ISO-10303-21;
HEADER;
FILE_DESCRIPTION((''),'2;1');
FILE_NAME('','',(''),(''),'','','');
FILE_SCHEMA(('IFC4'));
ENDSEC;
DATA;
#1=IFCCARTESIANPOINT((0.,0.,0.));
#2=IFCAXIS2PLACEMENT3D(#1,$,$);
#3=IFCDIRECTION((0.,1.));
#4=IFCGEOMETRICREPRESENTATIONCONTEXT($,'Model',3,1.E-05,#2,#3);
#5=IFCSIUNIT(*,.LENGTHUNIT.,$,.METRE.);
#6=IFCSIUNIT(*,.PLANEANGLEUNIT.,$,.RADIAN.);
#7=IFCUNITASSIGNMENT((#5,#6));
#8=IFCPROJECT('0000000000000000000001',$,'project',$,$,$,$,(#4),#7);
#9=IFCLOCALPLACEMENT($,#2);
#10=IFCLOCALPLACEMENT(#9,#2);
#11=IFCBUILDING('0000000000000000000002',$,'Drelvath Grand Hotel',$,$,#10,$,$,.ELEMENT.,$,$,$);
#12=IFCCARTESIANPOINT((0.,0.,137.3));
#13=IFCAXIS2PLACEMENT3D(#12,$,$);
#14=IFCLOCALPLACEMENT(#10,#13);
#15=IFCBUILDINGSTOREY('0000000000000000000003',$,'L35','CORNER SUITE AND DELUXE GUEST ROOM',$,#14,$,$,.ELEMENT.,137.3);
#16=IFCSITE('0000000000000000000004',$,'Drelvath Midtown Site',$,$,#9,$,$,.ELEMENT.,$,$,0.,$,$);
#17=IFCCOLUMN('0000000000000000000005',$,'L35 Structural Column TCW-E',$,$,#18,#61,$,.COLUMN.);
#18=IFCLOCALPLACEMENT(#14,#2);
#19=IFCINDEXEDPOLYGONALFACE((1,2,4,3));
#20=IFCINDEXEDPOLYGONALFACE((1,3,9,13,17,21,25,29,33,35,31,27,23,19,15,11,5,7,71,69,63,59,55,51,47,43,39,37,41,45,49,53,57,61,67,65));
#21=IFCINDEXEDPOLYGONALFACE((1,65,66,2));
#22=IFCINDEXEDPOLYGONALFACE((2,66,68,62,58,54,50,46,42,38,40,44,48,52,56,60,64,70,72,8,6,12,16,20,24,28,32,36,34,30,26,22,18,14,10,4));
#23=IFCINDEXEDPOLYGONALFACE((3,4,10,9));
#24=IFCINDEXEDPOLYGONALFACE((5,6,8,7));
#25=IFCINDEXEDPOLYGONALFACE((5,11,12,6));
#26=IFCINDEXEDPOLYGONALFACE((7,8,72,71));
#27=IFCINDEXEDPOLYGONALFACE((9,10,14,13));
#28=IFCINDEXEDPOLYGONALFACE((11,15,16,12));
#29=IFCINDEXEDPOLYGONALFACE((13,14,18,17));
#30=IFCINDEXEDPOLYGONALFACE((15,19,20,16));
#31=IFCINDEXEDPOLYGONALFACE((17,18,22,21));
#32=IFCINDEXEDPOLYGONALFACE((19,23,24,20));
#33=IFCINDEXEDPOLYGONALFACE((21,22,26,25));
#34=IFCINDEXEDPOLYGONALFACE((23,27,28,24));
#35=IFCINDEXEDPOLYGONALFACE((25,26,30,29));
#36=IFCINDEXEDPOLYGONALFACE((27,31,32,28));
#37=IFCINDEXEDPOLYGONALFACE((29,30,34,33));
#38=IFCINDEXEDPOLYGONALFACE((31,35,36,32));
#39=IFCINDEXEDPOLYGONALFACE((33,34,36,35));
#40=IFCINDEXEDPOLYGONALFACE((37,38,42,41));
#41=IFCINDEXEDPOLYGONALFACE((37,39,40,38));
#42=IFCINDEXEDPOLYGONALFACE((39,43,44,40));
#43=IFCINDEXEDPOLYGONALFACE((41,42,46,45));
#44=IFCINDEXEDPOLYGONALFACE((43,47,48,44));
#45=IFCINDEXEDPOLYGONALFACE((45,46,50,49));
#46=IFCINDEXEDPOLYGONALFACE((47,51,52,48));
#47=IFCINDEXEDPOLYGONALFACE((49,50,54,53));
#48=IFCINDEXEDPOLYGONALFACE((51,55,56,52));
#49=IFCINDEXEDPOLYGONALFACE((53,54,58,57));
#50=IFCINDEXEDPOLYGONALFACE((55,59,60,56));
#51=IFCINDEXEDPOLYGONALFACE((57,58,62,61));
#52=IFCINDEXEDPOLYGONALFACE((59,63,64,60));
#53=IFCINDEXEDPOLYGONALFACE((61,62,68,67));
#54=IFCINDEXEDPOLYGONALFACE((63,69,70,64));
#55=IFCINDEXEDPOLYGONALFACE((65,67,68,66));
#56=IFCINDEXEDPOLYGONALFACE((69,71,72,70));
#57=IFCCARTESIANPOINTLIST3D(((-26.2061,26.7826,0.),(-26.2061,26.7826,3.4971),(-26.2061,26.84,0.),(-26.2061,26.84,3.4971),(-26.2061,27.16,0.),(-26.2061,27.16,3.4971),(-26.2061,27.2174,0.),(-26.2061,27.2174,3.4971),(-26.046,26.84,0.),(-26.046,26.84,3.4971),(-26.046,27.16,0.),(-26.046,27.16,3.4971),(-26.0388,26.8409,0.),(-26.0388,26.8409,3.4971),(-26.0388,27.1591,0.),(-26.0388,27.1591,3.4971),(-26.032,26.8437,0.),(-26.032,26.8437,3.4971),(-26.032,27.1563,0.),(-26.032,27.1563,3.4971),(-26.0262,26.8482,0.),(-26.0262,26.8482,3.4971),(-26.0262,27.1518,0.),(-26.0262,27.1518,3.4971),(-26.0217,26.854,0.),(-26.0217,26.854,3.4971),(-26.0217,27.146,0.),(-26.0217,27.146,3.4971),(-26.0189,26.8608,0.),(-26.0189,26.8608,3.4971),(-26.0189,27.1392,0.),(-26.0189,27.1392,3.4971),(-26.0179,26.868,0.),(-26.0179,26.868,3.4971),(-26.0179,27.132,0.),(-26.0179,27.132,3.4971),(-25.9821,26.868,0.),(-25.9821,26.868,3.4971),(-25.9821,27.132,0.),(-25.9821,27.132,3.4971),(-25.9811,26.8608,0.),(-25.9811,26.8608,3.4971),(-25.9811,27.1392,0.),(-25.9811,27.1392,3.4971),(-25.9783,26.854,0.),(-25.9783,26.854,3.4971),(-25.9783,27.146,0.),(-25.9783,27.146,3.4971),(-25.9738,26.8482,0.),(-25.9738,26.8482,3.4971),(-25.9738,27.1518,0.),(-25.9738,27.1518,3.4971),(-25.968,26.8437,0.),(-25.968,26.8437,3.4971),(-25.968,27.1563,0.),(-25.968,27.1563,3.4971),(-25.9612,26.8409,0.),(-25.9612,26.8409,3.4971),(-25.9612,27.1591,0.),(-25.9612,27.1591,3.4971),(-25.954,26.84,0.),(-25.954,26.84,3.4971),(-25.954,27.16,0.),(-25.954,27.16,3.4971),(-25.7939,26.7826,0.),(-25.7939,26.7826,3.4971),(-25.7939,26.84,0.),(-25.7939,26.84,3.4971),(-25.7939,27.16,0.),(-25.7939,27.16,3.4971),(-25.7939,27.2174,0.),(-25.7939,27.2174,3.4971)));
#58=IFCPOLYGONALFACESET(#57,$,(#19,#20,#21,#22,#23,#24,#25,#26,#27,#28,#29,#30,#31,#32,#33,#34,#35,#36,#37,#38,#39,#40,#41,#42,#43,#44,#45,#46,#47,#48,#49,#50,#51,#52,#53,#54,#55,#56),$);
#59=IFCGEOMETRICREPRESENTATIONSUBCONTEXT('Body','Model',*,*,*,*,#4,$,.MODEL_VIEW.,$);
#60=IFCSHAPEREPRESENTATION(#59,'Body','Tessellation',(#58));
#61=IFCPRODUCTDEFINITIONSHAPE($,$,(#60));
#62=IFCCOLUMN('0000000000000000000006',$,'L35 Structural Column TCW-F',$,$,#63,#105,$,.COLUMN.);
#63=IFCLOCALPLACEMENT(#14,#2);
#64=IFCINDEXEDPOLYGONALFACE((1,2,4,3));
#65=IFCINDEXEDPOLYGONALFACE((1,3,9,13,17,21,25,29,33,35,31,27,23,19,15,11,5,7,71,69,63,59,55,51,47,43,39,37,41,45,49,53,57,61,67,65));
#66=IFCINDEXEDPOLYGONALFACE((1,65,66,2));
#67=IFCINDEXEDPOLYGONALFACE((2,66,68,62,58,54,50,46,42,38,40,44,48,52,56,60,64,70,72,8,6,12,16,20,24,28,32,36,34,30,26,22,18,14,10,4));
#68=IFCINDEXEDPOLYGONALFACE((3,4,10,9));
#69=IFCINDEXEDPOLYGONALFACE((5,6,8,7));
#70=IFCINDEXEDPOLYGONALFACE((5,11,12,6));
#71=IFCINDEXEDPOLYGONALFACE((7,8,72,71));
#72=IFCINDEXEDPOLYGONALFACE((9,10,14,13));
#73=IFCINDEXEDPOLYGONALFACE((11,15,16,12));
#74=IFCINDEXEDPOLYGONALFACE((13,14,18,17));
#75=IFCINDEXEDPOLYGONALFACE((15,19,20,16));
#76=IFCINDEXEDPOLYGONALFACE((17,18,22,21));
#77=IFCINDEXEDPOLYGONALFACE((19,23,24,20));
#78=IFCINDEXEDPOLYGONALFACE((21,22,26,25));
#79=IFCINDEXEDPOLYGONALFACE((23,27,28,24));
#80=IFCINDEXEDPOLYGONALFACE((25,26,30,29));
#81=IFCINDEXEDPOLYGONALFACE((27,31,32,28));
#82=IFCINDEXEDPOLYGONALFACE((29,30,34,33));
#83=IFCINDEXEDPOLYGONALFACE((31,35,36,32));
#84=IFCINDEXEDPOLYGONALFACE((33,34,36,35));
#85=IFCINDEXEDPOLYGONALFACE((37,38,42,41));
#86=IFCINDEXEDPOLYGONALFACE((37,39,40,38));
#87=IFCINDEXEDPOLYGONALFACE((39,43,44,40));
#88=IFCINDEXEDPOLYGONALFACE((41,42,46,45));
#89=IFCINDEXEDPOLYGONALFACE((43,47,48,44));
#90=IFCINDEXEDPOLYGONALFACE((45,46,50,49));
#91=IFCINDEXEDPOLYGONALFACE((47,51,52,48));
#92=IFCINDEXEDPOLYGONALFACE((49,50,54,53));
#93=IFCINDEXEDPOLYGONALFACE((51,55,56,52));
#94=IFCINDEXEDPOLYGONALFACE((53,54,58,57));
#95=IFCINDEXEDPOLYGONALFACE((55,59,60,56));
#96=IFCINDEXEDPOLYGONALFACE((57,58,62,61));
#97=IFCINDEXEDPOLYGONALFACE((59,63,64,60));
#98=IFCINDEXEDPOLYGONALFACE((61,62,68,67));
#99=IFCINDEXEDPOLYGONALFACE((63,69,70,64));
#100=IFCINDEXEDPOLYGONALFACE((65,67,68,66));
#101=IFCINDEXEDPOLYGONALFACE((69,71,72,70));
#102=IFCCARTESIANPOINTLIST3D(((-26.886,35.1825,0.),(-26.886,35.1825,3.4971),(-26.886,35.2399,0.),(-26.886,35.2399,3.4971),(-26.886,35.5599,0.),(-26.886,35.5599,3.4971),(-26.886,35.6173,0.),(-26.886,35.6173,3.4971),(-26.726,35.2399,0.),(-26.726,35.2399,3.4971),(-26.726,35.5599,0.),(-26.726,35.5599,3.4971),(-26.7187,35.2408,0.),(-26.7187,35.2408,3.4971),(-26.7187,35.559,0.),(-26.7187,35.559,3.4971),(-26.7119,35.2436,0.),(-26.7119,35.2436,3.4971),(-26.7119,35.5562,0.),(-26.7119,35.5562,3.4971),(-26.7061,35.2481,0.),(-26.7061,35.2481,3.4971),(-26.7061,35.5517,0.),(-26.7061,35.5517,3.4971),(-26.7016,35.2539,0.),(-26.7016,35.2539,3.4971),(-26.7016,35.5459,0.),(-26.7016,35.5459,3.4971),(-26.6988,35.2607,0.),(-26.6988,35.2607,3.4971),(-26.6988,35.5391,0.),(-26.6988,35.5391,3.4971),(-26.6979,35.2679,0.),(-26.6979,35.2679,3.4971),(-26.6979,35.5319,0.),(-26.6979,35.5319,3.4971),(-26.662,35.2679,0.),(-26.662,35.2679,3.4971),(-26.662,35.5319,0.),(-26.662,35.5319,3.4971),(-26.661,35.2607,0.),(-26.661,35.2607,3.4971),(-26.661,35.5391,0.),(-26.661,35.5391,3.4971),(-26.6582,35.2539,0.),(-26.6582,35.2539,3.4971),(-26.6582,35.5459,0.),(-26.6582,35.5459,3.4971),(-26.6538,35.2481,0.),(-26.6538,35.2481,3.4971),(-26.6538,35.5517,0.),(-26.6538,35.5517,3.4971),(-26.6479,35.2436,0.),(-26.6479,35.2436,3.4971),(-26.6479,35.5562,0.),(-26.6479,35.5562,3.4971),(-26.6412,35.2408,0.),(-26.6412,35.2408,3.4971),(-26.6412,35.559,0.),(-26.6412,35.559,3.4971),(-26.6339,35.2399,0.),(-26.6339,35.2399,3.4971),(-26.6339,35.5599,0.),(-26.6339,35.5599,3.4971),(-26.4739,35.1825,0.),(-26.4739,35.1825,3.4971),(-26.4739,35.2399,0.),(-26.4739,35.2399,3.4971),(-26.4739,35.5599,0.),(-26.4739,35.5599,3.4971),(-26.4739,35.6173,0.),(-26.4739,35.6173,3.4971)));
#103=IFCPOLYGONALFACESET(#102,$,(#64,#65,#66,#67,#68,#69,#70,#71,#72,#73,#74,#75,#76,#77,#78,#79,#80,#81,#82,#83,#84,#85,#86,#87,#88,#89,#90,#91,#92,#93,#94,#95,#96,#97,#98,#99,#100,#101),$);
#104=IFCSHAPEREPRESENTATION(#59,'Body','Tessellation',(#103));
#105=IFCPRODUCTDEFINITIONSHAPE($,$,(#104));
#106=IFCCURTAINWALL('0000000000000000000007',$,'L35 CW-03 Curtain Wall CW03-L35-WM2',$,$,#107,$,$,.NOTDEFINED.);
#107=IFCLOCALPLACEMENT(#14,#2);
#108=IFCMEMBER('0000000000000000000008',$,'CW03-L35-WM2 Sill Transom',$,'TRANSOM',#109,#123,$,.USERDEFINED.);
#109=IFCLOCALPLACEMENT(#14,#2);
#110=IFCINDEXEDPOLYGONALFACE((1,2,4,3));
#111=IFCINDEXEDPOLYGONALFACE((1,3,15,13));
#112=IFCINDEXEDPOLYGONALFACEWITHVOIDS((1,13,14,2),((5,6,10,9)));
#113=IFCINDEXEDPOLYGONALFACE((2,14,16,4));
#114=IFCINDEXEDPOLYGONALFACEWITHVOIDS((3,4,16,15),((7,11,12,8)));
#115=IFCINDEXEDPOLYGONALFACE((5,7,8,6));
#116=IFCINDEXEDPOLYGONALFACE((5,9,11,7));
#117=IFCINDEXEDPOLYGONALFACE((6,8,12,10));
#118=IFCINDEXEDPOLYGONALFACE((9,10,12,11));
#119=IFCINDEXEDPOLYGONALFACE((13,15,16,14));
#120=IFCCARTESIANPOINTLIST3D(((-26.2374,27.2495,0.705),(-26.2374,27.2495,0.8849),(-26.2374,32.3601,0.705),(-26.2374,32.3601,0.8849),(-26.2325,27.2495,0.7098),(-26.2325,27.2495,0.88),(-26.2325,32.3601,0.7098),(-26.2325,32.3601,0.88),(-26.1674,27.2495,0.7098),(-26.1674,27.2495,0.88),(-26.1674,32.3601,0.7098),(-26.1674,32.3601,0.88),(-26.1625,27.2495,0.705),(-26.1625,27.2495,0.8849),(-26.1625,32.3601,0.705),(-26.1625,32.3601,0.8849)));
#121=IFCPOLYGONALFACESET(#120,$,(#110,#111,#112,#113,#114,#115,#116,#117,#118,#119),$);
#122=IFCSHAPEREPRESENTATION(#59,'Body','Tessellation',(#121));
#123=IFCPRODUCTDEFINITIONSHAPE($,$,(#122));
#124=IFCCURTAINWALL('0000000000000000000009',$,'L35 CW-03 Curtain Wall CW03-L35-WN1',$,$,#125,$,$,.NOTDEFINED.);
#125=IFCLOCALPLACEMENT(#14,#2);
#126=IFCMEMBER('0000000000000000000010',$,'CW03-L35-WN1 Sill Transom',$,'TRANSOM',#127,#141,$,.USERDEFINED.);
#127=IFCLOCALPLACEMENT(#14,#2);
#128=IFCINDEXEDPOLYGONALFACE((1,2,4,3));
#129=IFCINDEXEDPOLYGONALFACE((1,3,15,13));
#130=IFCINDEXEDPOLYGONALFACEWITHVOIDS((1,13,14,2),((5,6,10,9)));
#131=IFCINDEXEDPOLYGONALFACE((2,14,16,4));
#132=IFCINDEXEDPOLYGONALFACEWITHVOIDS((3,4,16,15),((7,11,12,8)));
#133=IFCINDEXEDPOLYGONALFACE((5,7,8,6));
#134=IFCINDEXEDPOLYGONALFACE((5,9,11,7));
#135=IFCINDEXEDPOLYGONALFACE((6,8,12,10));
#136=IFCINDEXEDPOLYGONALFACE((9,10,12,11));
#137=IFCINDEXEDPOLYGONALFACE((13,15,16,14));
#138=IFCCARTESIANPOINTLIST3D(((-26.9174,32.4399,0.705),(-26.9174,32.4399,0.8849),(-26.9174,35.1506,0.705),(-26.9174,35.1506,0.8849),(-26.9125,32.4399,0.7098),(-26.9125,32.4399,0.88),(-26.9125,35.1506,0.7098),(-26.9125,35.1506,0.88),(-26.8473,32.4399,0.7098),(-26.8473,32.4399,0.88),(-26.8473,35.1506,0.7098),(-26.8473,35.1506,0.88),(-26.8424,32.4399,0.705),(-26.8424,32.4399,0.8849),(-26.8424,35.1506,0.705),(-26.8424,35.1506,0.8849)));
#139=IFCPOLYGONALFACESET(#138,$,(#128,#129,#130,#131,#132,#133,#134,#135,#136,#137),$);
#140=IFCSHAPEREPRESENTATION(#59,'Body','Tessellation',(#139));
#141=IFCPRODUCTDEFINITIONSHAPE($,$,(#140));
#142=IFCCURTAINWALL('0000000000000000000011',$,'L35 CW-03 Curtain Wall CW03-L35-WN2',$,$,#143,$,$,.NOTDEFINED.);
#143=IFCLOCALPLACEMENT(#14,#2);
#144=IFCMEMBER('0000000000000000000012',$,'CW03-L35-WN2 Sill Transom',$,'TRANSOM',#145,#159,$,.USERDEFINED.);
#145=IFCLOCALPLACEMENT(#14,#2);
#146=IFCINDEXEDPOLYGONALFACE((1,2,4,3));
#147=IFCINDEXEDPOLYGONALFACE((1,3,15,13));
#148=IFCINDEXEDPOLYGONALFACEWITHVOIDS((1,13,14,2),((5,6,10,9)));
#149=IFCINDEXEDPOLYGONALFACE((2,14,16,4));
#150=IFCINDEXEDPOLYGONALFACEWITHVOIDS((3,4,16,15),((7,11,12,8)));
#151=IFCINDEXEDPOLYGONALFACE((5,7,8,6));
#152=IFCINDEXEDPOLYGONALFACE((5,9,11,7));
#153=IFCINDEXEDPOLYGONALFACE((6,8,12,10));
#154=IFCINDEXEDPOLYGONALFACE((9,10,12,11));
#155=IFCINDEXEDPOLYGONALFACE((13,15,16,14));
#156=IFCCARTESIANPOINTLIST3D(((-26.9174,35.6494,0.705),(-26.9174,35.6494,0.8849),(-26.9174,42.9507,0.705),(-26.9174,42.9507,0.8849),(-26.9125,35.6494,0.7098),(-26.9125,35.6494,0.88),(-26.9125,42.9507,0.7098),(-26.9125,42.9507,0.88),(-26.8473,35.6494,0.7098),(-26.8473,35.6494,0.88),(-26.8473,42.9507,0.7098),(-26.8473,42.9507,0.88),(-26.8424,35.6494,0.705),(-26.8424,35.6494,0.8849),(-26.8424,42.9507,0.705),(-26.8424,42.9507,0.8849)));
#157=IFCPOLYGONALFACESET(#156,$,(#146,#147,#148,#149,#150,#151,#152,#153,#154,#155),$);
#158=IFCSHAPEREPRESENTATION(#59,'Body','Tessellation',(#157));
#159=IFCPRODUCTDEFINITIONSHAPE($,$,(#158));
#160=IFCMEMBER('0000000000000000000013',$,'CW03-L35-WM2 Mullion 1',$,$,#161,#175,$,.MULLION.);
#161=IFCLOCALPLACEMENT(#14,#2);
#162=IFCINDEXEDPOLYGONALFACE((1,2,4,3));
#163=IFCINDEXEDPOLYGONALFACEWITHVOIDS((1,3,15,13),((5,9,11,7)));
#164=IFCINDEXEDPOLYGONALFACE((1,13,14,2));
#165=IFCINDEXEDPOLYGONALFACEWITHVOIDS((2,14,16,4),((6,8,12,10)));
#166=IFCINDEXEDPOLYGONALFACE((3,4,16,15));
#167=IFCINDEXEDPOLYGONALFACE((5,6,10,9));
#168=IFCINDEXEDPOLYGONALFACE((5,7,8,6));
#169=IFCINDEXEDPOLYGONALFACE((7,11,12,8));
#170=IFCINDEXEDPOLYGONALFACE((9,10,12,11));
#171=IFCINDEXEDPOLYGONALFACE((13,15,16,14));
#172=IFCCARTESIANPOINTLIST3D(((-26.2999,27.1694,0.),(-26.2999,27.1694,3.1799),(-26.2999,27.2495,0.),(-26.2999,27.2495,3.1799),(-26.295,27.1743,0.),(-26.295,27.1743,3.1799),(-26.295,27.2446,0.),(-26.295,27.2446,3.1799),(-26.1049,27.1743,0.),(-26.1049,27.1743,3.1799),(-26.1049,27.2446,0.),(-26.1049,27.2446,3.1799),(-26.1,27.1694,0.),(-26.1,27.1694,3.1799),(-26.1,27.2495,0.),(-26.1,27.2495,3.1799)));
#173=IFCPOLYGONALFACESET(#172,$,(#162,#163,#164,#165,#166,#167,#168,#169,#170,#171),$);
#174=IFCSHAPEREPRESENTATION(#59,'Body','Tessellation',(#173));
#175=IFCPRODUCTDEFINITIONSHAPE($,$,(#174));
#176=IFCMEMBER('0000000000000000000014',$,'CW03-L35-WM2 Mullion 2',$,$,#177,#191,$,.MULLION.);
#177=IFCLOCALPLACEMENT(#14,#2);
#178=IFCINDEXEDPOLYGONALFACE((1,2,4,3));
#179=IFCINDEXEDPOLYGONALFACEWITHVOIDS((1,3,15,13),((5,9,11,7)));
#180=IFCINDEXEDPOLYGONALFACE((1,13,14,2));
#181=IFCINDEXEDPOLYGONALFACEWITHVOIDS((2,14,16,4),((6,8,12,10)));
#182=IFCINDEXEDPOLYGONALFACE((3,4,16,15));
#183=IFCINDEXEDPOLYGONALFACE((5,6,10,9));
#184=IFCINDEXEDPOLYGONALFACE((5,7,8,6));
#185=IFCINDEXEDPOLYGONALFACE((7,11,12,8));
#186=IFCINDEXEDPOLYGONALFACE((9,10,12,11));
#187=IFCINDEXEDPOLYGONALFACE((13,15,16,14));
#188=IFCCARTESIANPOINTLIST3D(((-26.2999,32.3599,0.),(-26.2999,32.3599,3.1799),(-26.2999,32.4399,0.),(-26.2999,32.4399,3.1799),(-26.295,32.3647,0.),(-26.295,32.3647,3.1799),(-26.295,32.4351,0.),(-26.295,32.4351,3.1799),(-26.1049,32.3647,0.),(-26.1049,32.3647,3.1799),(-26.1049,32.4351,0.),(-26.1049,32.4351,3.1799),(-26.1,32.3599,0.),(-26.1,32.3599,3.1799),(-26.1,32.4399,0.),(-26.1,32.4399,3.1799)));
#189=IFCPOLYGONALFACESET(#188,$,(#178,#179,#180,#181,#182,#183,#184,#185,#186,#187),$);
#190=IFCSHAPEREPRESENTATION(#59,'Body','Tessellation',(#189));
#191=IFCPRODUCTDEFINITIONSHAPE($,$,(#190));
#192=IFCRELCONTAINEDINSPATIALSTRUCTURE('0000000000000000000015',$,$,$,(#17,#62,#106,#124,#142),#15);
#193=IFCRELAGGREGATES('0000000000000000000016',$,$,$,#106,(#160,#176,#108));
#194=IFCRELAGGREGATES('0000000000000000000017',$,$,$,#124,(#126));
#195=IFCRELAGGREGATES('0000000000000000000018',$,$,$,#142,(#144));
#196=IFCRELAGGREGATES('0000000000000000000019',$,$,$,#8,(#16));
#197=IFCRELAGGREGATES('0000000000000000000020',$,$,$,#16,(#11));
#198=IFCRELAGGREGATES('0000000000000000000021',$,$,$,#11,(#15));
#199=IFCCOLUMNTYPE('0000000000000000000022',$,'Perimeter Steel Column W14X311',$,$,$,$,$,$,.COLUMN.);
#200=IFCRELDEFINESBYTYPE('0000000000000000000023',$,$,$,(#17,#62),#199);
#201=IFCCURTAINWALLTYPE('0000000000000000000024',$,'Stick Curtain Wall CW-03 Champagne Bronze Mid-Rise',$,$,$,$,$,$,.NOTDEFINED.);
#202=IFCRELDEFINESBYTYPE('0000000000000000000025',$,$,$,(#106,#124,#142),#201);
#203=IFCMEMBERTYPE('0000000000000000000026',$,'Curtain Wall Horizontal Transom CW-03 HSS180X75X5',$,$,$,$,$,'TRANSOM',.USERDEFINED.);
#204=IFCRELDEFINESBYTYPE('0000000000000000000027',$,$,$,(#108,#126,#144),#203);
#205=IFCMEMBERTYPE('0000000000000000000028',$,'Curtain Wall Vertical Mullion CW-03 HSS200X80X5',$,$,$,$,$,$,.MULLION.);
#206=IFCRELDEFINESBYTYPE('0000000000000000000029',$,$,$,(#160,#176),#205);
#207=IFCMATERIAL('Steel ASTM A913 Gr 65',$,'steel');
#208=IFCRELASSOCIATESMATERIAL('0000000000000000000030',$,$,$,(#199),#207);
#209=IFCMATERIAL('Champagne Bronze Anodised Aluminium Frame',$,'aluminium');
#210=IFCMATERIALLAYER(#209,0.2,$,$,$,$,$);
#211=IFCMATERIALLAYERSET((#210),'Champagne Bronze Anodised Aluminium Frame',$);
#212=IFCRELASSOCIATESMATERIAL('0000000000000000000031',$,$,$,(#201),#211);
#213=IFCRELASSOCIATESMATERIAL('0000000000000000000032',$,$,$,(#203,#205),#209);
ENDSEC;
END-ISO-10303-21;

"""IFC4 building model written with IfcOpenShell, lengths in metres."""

from ifc_helpers import new_model, si_unit, direction, frame, origin, origin_2d, place, context, subcontext, project, spatial, hollow_rectangle, i_section, extrude, material, layer, layer_set, material_profile, profile_set, type_object, element, aggregate, save


model = new_model("IFC4")

# Units and contexts
model_context = context("Model", 3, precision=1e-05, world=origin(), true_north=direction((0.0, 1.0)))
body_context = subcontext(model_context, "Body", "Model", "MODEL_VIEW")
ifc_project = project(units=[si_unit("LENGTHUNIT", "METRE"), si_unit("PLANEANGLEUNIT", "RADIAN")], contexts=[model_context])

# Site, building, storey
site_placement = place(None, origin())
site = spatial("IfcSite", under=ifc_project, at=site_placement, Name="Drelvath Midtown Site", CompositionType="ELEMENT", RefElevation=0.0)
building_placement = place(site_placement, origin())
building = spatial("IfcBuilding", under=site, at=building_placement, Name="Drelvath Grand Hotel", CompositionType="ELEMENT")
storey_placement = place(building_placement, frame((0.0, 0.0, 137.3)))
storey = spatial("IfcBuildingStorey", under=building, at=storey_placement, Name="L35", Description="CORNER SUITE AND DELUXE GUEST ROOM", CompositionType="ELEMENT", Elevation=137.3)

# Columns
ifc_material_1 = material(Name="Steel ASTM A913 Gr 65", Category="steel")
ifc_material_profile_1 = material_profile(ifc_material_1, i_section(OverallWidth=0.4121, OverallDepth=0.4348, WebThickness=0.0359, FlangeThickness=0.0574, FilletRadius=0.0281, at=origin_2d()), Name="W14X311")
ifc_profile_set_1 = profile_set([ifc_material_profile_1], Name="Steel ASTM A913 Gr 65")
column_type = type_object("IfcColumnType", Name="Perimeter Steel Column W14X311", PredefinedType="COLUMN", material=ifc_profile_set_1)
for number, where, z_axis, x_axis, name in (
    (1, (-26.0, 27.0, 0.0), (0.0, 0.0, 1.0), (1.0, 0.0, 0.0), "L35 Structural Column TCW-E"),
    (2, (-26.6799, 35.3999, 0.0), (0.0, 0.0, 1.0), (1.0, 0.0, 0.0), "L35 Structural Column TCW-F"),
):
    element("IfcColumn", number, at=place(storey_placement, frame(where, z_axis=z_axis, x_axis=x_axis)), inside=storey, type_object=column_type, Name=name, PredefinedType="COLUMN", context=body_context, shape_type="SweptSolid", body=[
        extrude(i_section(OverallWidth=0.4121, OverallDepth=0.4348, WebThickness=0.0359, FlangeThickness=0.0574, FilletRadius=0.0281, at=origin_2d()), origin(), (0.0, 0.0, 1.0), 3.4971),
    ])

# Curtain walls, members
ifc_material_2 = material(Name="Champagne Bronze Anodised Aluminium Frame", Category="aluminium")
ifc_layer_1 = layer(ifc_material_2, 0.2)
ifc_layer_set_1 = layer_set([ifc_layer_1], Name="Champagne Bronze Anodised Aluminium Frame")
curtain_wall_type = type_object("IfcCurtainWallType", Name="Stick Curtain Wall CW-03 Champagne Bronze Mid-Rise", PredefinedType="NOTDEFINED", material=ifc_layer_set_1)
curtain_wall_1_placement = place(storey_placement, origin())
curtain_wall_1 = element("IfcCurtainWall", 3, at=curtain_wall_1_placement, inside=storey, type_object=curtain_wall_type, Name="L35 CW-03 Curtain Wall CW03-L35-WM2", PredefinedType="NOTDEFINED")
ifc_material_profile_2 = material_profile(ifc_material_2, hollow_rectangle(XDim=0.075, YDim=0.1799, WallThickness=0.0049, at=origin_2d()), Name="HSS180X75X5")
ifc_profile_set_2 = profile_set([ifc_material_profile_2], Name="Champagne Bronze Anodised Aluminium Frame")
member_type_1 = type_object("IfcMemberType", Name="Curtain Wall Horizontal Transom CW-03 HSS180X75X5", ElementType="TRANSOM", PredefinedType="USERDEFINED", material=ifc_profile_set_2)
member_1_placement = place(storey_placement, frame((-26.2, 27.2495, 0.7949), z_axis=(0.0, 1.0, 0.0), x_axis=(-1.0, 0.0, 0.0)))
member_1 = element("IfcMember", 4, at=member_1_placement, type_object=member_type_1, Name="CW03-L35-WM2 Sill Transom", ObjectType="TRANSOM", PredefinedType="USERDEFINED", context=body_context, shape_type="SweptSolid", body=[
    extrude(hollow_rectangle(XDim=0.075, YDim=0.1799, WallThickness=0.0049, at=origin_2d()), origin(), (0.0, 0.0, 1.0), 5.1106),
])
curtain_wall_2_placement = place(storey_placement, origin())
curtain_wall_2 = element("IfcCurtainWall", 5, at=curtain_wall_2_placement, inside=storey, type_object=curtain_wall_type, Name="L35 CW-03 Curtain Wall CW03-L35-WN1", PredefinedType="NOTDEFINED")
member_2_placement = place(storey_placement, frame((-26.8799, 32.4399, 0.7949), z_axis=(0.0, 1.0, 0.0), x_axis=(-1.0, 0.0, 0.0)))
member_2 = element("IfcMember", 6, at=member_2_placement, type_object=member_type_1, Name="CW03-L35-WN1 Sill Transom", ObjectType="TRANSOM", PredefinedType="USERDEFINED", context=body_context, shape_type="SweptSolid", body=[
    extrude(hollow_rectangle(XDim=0.075, YDim=0.1799, WallThickness=0.0049, at=origin_2d()), origin(), (0.0, 0.0, 1.0), 2.7107),
])
curtain_wall_3_placement = place(storey_placement, origin())
curtain_wall_3 = element("IfcCurtainWall", 7, at=curtain_wall_3_placement, inside=storey, type_object=curtain_wall_type, Name="L35 CW-03 Curtain Wall CW03-L35-WN2", PredefinedType="NOTDEFINED")
member_3_placement = place(storey_placement, frame((-26.8799, 35.6494, 0.7949), z_axis=(0.0, 1.0, 0.0), x_axis=(-1.0, 0.0, 0.0)))
member_3 = element("IfcMember", 8, at=member_3_placement, type_object=member_type_1, Name="CW03-L35-WN2 Sill Transom", ObjectType="TRANSOM", PredefinedType="USERDEFINED", context=body_context, shape_type="SweptSolid", body=[
    extrude(hollow_rectangle(XDim=0.075, YDim=0.1799, WallThickness=0.0049, at=origin_2d()), origin(), (0.0, 0.0, 1.0), 7.3013),
])

# Members
ifc_material_profile_3 = material_profile(ifc_material_2, hollow_rectangle(XDim=0.0801, YDim=0.2, WallThickness=0.0049, at=origin_2d()), Name="HSS200X80X5")
ifc_profile_set_3 = profile_set([ifc_material_profile_3], Name="Champagne Bronze Anodised Aluminium Frame")
member_type_2 = type_object("IfcMemberType", Name="Curtain Wall Vertical Mullion CW-03 HSS200X80X5", PredefinedType="MULLION", material=ifc_profile_set_3)
member_4_placement = place(storey_placement, frame((-26.2, 27.2095, 0.0), z_axis=(0.0, 0.0, 1.0), x_axis=(0.0, 1.0, 0.0)))
member_4 = element("IfcMember", 9, at=member_4_placement, type_object=member_type_2, Name="CW03-L35-WM2 Mullion 1", PredefinedType="MULLION", context=body_context, shape_type="SweptSolid", body=[
    extrude(hollow_rectangle(XDim=0.0801, YDim=0.2, WallThickness=0.0049, at=origin_2d()), origin(), (0.0, 0.0, 1.0), 3.1799),
])
member_5_placement = place(storey_placement, frame((-26.2, 32.3999, 0.0), z_axis=(0.0, 0.0, 1.0), x_axis=(0.0, 1.0, 0.0)))
member_5 = element("IfcMember", 10, at=member_5_placement, type_object=member_type_2, Name="CW03-L35-WM2 Mullion 2", PredefinedType="MULLION", context=body_context, shape_type="SweptSolid", body=[
    extrude(hollow_rectangle(XDim=0.0801, YDim=0.2, WallThickness=0.0049, at=origin_2d()), origin(), (0.0, 0.0, 1.0), 3.1799),
])

aggregate(curtain_wall_1, [member_4, member_5, member_1])
aggregate(curtain_wall_2, [member_2])
aggregate(curtain_wall_3, [member_3])

save(model, "model.ifc")
